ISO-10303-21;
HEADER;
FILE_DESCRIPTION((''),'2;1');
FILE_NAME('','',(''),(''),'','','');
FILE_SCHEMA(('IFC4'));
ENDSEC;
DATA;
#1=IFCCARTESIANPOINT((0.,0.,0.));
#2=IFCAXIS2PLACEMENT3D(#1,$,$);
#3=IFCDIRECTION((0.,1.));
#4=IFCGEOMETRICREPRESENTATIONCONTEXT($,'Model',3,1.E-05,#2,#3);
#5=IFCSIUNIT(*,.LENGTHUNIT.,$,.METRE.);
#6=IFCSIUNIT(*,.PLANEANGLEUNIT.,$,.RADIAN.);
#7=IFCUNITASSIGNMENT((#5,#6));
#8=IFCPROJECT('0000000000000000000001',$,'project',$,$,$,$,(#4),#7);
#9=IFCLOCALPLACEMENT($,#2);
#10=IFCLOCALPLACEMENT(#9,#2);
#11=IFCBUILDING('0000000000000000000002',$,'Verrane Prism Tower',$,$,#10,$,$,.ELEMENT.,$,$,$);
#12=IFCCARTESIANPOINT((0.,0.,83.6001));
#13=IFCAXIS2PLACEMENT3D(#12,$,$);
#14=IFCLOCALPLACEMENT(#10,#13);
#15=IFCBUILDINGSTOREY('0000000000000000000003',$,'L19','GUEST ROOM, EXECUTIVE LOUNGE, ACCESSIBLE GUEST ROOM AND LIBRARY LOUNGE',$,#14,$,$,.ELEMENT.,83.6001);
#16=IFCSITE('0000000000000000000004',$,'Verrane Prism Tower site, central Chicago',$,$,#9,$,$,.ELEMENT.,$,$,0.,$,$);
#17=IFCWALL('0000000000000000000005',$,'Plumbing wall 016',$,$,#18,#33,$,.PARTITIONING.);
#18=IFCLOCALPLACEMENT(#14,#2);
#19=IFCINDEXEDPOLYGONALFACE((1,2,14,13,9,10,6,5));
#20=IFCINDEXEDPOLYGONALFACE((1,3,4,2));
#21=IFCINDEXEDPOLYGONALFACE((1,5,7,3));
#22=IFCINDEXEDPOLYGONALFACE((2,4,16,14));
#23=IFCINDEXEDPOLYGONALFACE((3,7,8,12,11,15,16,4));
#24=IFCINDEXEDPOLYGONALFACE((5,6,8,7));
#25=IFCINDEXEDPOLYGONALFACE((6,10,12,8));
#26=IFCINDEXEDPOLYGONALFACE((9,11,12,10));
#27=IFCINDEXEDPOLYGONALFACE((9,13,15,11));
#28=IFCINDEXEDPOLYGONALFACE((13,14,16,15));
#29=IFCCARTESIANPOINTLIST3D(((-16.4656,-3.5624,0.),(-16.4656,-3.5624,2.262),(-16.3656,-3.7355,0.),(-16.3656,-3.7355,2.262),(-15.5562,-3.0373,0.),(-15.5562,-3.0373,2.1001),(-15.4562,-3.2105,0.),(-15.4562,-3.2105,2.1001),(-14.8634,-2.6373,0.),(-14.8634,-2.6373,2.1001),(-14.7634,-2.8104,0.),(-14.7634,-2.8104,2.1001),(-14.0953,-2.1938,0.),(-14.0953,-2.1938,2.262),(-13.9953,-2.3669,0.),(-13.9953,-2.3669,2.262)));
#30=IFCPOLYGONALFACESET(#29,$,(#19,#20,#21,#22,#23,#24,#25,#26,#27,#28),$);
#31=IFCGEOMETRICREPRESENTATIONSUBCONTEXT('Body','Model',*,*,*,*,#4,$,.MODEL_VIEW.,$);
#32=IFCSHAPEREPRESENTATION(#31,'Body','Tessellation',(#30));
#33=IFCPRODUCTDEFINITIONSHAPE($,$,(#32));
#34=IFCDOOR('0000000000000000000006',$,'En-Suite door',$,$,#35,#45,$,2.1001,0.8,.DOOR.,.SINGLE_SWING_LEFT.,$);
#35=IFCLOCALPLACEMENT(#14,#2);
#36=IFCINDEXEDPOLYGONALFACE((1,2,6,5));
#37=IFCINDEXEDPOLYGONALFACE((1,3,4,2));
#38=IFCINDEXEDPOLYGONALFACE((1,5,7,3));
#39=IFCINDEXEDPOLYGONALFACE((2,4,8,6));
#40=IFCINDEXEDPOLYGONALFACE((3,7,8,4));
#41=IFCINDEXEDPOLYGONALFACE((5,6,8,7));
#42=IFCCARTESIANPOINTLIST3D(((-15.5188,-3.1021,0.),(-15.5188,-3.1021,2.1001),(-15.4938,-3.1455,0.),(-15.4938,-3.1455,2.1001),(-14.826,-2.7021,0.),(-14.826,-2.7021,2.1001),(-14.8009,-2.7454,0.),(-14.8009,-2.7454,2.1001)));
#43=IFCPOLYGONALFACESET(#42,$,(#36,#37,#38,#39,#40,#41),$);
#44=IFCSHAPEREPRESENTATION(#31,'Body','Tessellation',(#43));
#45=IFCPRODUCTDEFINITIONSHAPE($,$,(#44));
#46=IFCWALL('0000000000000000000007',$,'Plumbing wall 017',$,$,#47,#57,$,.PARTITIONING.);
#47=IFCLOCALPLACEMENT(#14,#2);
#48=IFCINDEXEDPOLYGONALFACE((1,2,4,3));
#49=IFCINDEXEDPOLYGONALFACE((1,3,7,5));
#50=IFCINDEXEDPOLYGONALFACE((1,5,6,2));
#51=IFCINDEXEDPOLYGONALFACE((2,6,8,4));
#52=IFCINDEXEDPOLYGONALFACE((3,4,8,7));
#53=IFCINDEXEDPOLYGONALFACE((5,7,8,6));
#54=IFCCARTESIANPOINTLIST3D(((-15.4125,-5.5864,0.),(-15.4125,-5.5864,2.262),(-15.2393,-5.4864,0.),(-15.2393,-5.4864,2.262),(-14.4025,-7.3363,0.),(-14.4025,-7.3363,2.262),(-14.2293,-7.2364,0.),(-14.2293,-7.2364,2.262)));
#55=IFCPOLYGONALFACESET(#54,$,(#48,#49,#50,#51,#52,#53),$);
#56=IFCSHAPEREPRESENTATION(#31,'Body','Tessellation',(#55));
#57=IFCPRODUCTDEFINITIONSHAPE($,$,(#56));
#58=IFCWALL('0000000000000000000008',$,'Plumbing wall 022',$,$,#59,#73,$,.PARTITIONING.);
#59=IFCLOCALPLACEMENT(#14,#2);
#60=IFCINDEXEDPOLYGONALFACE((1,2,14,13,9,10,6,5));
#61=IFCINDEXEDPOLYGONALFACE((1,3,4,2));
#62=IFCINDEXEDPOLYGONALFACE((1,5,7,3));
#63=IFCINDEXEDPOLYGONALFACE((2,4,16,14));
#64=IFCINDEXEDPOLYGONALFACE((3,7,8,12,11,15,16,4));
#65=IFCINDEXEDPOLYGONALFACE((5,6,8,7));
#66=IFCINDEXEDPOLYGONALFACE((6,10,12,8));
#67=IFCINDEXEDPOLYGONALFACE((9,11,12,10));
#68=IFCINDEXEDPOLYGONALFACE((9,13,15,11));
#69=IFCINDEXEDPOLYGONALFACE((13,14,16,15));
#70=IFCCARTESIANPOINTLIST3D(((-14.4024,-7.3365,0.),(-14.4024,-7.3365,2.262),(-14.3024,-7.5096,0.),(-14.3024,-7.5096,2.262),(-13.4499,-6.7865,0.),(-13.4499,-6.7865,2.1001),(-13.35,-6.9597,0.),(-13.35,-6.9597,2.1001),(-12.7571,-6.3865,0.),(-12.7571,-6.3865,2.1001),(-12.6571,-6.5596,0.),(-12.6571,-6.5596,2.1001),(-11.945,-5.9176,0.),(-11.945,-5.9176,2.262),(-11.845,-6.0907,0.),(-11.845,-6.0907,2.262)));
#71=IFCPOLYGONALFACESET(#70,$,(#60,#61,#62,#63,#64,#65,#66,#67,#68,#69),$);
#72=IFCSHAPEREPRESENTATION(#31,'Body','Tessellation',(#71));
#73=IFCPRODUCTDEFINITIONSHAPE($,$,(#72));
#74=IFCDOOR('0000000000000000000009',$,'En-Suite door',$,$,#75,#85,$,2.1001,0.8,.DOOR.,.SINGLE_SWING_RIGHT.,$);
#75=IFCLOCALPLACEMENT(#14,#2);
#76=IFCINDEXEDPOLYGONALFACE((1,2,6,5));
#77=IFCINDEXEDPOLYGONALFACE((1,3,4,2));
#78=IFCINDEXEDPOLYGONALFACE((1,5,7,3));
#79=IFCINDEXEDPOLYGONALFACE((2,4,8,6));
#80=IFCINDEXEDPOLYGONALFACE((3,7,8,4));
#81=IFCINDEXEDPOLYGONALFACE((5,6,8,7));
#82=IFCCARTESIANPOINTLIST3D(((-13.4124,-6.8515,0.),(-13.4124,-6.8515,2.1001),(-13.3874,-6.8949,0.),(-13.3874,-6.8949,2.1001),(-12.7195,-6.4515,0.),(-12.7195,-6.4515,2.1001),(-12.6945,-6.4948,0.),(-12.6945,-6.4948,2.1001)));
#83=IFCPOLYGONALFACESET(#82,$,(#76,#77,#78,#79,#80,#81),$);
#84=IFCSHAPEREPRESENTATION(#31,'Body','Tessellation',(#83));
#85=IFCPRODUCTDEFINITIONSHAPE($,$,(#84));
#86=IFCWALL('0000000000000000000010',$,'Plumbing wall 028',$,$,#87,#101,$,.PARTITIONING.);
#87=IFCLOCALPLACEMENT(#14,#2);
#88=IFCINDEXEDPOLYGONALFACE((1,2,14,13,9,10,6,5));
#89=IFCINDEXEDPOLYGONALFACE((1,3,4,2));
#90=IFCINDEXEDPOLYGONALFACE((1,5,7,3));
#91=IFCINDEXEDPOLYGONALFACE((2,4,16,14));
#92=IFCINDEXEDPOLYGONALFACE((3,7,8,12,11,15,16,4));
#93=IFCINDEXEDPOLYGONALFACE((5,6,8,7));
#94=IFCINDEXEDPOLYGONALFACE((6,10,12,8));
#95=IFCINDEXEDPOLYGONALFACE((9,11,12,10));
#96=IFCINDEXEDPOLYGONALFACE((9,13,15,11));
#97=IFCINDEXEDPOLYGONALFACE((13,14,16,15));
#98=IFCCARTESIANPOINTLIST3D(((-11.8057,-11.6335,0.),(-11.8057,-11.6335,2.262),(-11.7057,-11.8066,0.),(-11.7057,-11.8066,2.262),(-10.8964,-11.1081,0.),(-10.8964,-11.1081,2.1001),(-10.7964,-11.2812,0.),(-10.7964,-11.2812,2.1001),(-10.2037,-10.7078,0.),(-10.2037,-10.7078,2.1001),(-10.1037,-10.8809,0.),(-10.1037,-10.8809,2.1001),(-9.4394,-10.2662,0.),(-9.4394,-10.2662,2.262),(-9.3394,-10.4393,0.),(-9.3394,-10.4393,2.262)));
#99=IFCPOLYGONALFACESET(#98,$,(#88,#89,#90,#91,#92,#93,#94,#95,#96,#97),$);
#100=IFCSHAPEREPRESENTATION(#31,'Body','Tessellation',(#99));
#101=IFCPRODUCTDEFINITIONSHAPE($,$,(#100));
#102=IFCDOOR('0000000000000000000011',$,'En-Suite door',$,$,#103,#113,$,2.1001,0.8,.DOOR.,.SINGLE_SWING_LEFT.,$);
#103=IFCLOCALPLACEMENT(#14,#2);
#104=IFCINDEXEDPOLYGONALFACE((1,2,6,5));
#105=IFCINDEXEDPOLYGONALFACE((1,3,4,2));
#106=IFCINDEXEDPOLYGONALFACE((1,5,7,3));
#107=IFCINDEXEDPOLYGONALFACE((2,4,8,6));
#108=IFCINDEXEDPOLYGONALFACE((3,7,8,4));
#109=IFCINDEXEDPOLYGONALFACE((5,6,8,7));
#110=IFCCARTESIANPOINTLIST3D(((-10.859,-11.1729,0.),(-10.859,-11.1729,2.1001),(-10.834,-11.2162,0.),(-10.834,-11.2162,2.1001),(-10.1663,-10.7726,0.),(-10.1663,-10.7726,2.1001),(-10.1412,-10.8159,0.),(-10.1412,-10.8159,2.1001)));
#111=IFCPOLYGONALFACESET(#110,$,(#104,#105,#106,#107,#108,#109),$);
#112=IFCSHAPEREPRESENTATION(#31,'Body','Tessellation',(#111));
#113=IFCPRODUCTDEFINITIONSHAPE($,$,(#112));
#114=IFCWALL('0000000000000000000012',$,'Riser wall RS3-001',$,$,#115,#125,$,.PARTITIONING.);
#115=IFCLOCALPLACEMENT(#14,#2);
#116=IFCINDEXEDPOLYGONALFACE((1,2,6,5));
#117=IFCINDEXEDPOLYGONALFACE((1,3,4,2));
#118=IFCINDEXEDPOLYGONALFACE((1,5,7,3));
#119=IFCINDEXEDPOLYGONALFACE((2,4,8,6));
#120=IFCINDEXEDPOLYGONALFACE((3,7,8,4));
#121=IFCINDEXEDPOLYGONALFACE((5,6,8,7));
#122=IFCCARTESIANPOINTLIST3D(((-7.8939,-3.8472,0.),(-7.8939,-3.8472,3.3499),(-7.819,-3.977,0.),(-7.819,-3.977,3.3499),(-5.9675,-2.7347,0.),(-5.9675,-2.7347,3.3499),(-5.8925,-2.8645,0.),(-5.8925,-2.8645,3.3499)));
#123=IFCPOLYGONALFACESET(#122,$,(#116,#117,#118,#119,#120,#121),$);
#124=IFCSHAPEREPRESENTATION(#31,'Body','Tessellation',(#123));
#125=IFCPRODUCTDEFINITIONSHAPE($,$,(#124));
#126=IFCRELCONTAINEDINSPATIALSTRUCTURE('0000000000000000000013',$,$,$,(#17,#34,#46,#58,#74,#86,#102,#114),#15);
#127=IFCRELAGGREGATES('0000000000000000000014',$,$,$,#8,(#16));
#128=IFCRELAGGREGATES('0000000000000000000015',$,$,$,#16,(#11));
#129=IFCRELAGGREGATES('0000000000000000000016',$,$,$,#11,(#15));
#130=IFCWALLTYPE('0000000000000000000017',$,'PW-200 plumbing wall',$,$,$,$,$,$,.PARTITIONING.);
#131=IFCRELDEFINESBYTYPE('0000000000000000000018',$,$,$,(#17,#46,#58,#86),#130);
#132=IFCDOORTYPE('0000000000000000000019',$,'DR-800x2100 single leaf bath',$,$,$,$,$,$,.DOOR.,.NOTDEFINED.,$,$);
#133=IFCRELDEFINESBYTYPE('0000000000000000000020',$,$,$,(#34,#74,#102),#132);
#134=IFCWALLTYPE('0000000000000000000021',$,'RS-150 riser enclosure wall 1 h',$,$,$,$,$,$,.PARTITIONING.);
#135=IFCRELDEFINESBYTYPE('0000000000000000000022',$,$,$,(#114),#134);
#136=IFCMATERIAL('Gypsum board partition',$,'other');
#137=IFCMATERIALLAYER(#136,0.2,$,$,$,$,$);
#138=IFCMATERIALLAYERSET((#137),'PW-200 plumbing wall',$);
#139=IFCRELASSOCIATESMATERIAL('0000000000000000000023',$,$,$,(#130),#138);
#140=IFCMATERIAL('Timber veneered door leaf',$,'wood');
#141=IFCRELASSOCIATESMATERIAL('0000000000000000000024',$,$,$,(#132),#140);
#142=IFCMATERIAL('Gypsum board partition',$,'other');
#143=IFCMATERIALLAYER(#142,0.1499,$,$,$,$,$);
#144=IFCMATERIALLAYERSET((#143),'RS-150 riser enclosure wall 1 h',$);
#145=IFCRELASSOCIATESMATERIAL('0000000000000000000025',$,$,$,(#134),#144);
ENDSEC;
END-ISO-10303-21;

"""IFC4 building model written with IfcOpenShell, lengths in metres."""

from ifc_helpers import new_model, si_unit, direction, frame, frame_2d, origin, place, context, subcontext, project, spatial, rectangle, extrude, material, layer, layer_set, type_object, element, fill, save


model = new_model("IFC4")

# Units and contexts
model_context = context("Model", 3, precision=1e-05, world=origin(), true_north=direction((0.0, 1.0)))
body_context = subcontext(model_context, "Body", "Model", "MODEL_VIEW")
ifc_project = project(units=[si_unit("LENGTHUNIT", "METRE"), si_unit("PLANEANGLEUNIT", "RADIAN")], contexts=[model_context])

# Site, building, storey
site_placement = place(None, origin())
site = spatial("IfcSite", under=ifc_project, at=site_placement, Name="Verrane Prism Tower site, central Chicago", CompositionType="ELEMENT", RefElevation=0.0)
building_placement = place(site_placement, origin())
building = spatial("IfcBuilding", under=site, at=building_placement, Name="Verrane Prism Tower", CompositionType="ELEMENT")
storey_placement = place(building_placement, frame((0.0, 0.0, 83.6001)))
storey = spatial("IfcBuildingStorey", under=building, at=storey_placement, Name="L19", Description="GUEST ROOM, EXECUTIVE LOUNGE, ACCESSIBLE GUEST ROOM AND LIBRARY LOUNGE", CompositionType="ELEMENT", Elevation=83.6001)

# Shared definitions
ifc_material_1 = material(Name="Gypsum board partition", Category="other")
ifc_layer_1 = layer(ifc_material_1, 0.2)
ifc_layer_set_1 = layer_set([ifc_layer_1], Name="PW-200 plumbing wall")
wall_type_1 = type_object("IfcWallType", Name="PW-200 plumbing wall", PredefinedType="PARTITIONING", material=ifc_layer_set_1)

# Wall, opening, door
wall_1_placement = place(storey_placement, frame((-14.0452, -2.2803, 0.0), z_axis=(0.0, 0.0, 1.0), x_axis=(-0.866006, -0.500034, 0.0)))
wall_1 = element("IfcWall", 1, at=wall_1_placement, inside=storey, type_object=wall_type_1, Name="Plumbing wall 016", PredefinedType="PARTITIONING", context=body_context, shape_type="SweptSolid", body=[
    extrude(rectangle(XDim=2.7371, YDim=0.2, at=frame_2d((1.3687, 0.0))), origin(), (0.0, 0.0, 1.0), 2.262),
])
opening_1_placement = place(wall_1_placement, frame((0.8872, 0.0, 0.0)))
opening_1 = element("IfcOpeningElement", 2, at=opening_1_placement, cuts=wall_1, PredefinedType="OPENING", context=body_context, shape_type="SweptSolid", body=[
    extrude(rectangle(XDim=0.8, YDim=2.1001, at=frame_2d((0.3999, 1.05))), frame((0.0, 0.1099, 0.0), z_axis=(0.0, -1.0, 0.0), x_axis=(1.0, 0.0, 0.0)), (0.0, 0.0, 1.0), 0.22),
])
ifc_material_2 = material(Name="Timber veneered door leaf", Category="wood")
door_type = type_object("IfcDoorType", Name="DR-800x2100 single leaf bath", OperationType="NOTDEFINED", PredefinedType="DOOR", material=ifc_material_2)
door_1_placement = place(opening_1_placement, origin())
door_1 = element("IfcDoor", 3, at=door_1_placement, inside=storey, type_object=door_type, Name="En-Suite door", OperationType="SINGLE_SWING_LEFT", OverallHeight=2.1001, OverallWidth=0.8, PredefinedType="DOOR", context=body_context, shape_type="SweptSolid", body=[
    extrude(rectangle(XDim=0.8, YDim=2.1001, at=frame_2d((0.3999, 1.05))), frame((0.0, 0.0249, 0.0), z_axis=(0.0, -1.0, 0.0), x_axis=(1.0, 0.0, 0.0)), (0.0, 0.0, 1.0), 0.05),
])
fill(opening_1, door_1)

# Wall
wall_2_placement = place(storey_placement, frame((-15.3259, -5.5364, 0.0), z_axis=(0.0, 0.0, 1.0), x_axis=(0.499869, -0.866101, 0.0)))
element("IfcWall", 4, at=wall_2_placement, inside=storey, type_object=wall_type_1, Name="Plumbing wall 017", PredefinedType="PARTITIONING", context=body_context, shape_type="SweptSolid", body=[
    extrude(rectangle(XDim=2.0205, YDim=0.2, at=frame_2d((1.0103, 0.0))), origin(), (0.0, 0.0, 1.0), 2.262),
])

# Walls, openings, doors
wall_3_placement = place(storey_placement, frame((-14.3525, -7.4231, 0.0), z_axis=(0.0, 0.0, 1.0), x_axis=(0.866011, 0.500025, 0.0)))
wall_3 = element("IfcWall", 5, at=wall_3_placement, inside=storey, type_object=wall_type_1, Name="Plumbing wall 022", PredefinedType="PARTITIONING", context=body_context, shape_type="SweptSolid", body=[
    extrude(rectangle(XDim=2.8376, YDim=0.2, at=frame_2d((1.4189, 0.0))), origin(), (0.0, 0.0, 1.0), 2.262),
])
opening_2_placement = place(wall_3_placement, frame((1.1001, 0.0, 0.0)))
opening_2 = element("IfcOpeningElement", 6, at=opening_2_placement, cuts=wall_3, PredefinedType="OPENING", context=body_context, shape_type="SweptSolid", body=[
    extrude(rectangle(XDim=0.8, YDim=2.1001, at=frame_2d((0.3999, 1.05))), frame((0.0, 0.1099, 0.0), z_axis=(0.0, -1.0, 0.0), x_axis=(1.0, 0.0, 0.0)), (0.0, 0.0, 1.0), 0.22),
])
door_2_placement = place(opening_2_placement, origin())
door_2 = element("IfcDoor", 7, at=door_2_placement, inside=storey, type_object=door_type, Name="En-Suite door", OperationType="SINGLE_SWING_RIGHT", OverallHeight=2.1001, OverallWidth=0.8, PredefinedType="DOOR", context=body_context, shape_type="SweptSolid", body=[
    extrude(rectangle(XDim=0.8, YDim=2.1001, at=frame_2d((0.3999, 1.05))), frame((0.0, 0.0249, 0.0), z_axis=(0.0, -1.0, 0.0), x_axis=(1.0, 0.0, 0.0)), (0.0, 0.0, 1.0), 0.05),
])
fill(opening_2, door_2)
wall_4_placement = place(storey_placement, frame((-9.3894, -10.3528, 0.0), z_axis=(0.0, 0.0, 1.0), x_axis=(-0.865858, -0.50029, 0.0)))
wall_4 = element("IfcWall", 8, at=wall_4_placement, inside=storey, type_object=wall_type_1, Name="Plumbing wall 028", PredefinedType="PARTITIONING", context=body_context, shape_type="SweptSolid", body=[
    extrude(rectangle(XDim=2.7329, YDim=0.2, at=frame_2d((1.3665, 0.0))), origin(), (0.0, 0.0, 1.0), 2.262),
])
opening_3_placement = place(wall_4_placement, frame((0.8828, 0.0, 0.0)))
opening_3 = element("IfcOpeningElement", 9, at=opening_3_placement, cuts=wall_4, PredefinedType="OPENING", context=body_context, shape_type="SweptSolid", body=[
    extrude(rectangle(XDim=0.8, YDim=2.1001, at=frame_2d((0.3999, 1.05))), frame((0.0, 0.1099, 0.0), z_axis=(0.0, -1.0, 0.0), x_axis=(1.0, 0.0, 0.0)), (0.0, 0.0, 1.0), 0.22),
])
door_3_placement = place(opening_3_placement, origin())
door_3 = element("IfcDoor", 10, at=door_3_placement, inside=storey, type_object=door_type, Name="En-Suite door", OperationType="SINGLE_SWING_LEFT", OverallHeight=2.1001, OverallWidth=0.8, PredefinedType="DOOR", context=body_context, shape_type="SweptSolid", body=[
    extrude(rectangle(XDim=0.8, YDim=2.1001, at=frame_2d((0.3999, 1.05))), frame((0.0, 0.0249, 0.0), z_axis=(0.0, -1.0, 0.0), x_axis=(1.0, 0.0, 0.0)), (0.0, 0.0, 1.0), 0.05),
])
fill(opening_3, door_3)

# Wall
ifc_material_3 = material(Name="Gypsum board partition", Category="other")
ifc_layer_2 = layer(ifc_material_3, 0.1499)
ifc_layer_set_2 = layer_set([ifc_layer_2], Name="RS-150 riser enclosure wall 1 h")
wall_type_2 = type_object("IfcWallType", Name="RS-150 riser enclosure wall 1 h", PredefinedType="PARTITIONING", material=ifc_layer_set_2)
wall_5_placement = place(storey_placement, frame((-7.8564, -3.9121, 0.0), z_axis=(0.0, 0.0, 1.0), x_axis=(0.865972, 0.500093, 0.0)))
element("IfcWall", 11, at=wall_5_placement, inside=storey, type_object=wall_type_2, Name="Riser wall RS3-001", PredefinedType="PARTITIONING", context=body_context, shape_type="SweptSolid", body=[
    extrude(rectangle(XDim=2.2246, YDim=0.1499, at=frame_2d((1.1123, 0.0))), origin(), (0.0, 0.0, 1.0), 3.3499),
])

save(model, "model.ifc")
